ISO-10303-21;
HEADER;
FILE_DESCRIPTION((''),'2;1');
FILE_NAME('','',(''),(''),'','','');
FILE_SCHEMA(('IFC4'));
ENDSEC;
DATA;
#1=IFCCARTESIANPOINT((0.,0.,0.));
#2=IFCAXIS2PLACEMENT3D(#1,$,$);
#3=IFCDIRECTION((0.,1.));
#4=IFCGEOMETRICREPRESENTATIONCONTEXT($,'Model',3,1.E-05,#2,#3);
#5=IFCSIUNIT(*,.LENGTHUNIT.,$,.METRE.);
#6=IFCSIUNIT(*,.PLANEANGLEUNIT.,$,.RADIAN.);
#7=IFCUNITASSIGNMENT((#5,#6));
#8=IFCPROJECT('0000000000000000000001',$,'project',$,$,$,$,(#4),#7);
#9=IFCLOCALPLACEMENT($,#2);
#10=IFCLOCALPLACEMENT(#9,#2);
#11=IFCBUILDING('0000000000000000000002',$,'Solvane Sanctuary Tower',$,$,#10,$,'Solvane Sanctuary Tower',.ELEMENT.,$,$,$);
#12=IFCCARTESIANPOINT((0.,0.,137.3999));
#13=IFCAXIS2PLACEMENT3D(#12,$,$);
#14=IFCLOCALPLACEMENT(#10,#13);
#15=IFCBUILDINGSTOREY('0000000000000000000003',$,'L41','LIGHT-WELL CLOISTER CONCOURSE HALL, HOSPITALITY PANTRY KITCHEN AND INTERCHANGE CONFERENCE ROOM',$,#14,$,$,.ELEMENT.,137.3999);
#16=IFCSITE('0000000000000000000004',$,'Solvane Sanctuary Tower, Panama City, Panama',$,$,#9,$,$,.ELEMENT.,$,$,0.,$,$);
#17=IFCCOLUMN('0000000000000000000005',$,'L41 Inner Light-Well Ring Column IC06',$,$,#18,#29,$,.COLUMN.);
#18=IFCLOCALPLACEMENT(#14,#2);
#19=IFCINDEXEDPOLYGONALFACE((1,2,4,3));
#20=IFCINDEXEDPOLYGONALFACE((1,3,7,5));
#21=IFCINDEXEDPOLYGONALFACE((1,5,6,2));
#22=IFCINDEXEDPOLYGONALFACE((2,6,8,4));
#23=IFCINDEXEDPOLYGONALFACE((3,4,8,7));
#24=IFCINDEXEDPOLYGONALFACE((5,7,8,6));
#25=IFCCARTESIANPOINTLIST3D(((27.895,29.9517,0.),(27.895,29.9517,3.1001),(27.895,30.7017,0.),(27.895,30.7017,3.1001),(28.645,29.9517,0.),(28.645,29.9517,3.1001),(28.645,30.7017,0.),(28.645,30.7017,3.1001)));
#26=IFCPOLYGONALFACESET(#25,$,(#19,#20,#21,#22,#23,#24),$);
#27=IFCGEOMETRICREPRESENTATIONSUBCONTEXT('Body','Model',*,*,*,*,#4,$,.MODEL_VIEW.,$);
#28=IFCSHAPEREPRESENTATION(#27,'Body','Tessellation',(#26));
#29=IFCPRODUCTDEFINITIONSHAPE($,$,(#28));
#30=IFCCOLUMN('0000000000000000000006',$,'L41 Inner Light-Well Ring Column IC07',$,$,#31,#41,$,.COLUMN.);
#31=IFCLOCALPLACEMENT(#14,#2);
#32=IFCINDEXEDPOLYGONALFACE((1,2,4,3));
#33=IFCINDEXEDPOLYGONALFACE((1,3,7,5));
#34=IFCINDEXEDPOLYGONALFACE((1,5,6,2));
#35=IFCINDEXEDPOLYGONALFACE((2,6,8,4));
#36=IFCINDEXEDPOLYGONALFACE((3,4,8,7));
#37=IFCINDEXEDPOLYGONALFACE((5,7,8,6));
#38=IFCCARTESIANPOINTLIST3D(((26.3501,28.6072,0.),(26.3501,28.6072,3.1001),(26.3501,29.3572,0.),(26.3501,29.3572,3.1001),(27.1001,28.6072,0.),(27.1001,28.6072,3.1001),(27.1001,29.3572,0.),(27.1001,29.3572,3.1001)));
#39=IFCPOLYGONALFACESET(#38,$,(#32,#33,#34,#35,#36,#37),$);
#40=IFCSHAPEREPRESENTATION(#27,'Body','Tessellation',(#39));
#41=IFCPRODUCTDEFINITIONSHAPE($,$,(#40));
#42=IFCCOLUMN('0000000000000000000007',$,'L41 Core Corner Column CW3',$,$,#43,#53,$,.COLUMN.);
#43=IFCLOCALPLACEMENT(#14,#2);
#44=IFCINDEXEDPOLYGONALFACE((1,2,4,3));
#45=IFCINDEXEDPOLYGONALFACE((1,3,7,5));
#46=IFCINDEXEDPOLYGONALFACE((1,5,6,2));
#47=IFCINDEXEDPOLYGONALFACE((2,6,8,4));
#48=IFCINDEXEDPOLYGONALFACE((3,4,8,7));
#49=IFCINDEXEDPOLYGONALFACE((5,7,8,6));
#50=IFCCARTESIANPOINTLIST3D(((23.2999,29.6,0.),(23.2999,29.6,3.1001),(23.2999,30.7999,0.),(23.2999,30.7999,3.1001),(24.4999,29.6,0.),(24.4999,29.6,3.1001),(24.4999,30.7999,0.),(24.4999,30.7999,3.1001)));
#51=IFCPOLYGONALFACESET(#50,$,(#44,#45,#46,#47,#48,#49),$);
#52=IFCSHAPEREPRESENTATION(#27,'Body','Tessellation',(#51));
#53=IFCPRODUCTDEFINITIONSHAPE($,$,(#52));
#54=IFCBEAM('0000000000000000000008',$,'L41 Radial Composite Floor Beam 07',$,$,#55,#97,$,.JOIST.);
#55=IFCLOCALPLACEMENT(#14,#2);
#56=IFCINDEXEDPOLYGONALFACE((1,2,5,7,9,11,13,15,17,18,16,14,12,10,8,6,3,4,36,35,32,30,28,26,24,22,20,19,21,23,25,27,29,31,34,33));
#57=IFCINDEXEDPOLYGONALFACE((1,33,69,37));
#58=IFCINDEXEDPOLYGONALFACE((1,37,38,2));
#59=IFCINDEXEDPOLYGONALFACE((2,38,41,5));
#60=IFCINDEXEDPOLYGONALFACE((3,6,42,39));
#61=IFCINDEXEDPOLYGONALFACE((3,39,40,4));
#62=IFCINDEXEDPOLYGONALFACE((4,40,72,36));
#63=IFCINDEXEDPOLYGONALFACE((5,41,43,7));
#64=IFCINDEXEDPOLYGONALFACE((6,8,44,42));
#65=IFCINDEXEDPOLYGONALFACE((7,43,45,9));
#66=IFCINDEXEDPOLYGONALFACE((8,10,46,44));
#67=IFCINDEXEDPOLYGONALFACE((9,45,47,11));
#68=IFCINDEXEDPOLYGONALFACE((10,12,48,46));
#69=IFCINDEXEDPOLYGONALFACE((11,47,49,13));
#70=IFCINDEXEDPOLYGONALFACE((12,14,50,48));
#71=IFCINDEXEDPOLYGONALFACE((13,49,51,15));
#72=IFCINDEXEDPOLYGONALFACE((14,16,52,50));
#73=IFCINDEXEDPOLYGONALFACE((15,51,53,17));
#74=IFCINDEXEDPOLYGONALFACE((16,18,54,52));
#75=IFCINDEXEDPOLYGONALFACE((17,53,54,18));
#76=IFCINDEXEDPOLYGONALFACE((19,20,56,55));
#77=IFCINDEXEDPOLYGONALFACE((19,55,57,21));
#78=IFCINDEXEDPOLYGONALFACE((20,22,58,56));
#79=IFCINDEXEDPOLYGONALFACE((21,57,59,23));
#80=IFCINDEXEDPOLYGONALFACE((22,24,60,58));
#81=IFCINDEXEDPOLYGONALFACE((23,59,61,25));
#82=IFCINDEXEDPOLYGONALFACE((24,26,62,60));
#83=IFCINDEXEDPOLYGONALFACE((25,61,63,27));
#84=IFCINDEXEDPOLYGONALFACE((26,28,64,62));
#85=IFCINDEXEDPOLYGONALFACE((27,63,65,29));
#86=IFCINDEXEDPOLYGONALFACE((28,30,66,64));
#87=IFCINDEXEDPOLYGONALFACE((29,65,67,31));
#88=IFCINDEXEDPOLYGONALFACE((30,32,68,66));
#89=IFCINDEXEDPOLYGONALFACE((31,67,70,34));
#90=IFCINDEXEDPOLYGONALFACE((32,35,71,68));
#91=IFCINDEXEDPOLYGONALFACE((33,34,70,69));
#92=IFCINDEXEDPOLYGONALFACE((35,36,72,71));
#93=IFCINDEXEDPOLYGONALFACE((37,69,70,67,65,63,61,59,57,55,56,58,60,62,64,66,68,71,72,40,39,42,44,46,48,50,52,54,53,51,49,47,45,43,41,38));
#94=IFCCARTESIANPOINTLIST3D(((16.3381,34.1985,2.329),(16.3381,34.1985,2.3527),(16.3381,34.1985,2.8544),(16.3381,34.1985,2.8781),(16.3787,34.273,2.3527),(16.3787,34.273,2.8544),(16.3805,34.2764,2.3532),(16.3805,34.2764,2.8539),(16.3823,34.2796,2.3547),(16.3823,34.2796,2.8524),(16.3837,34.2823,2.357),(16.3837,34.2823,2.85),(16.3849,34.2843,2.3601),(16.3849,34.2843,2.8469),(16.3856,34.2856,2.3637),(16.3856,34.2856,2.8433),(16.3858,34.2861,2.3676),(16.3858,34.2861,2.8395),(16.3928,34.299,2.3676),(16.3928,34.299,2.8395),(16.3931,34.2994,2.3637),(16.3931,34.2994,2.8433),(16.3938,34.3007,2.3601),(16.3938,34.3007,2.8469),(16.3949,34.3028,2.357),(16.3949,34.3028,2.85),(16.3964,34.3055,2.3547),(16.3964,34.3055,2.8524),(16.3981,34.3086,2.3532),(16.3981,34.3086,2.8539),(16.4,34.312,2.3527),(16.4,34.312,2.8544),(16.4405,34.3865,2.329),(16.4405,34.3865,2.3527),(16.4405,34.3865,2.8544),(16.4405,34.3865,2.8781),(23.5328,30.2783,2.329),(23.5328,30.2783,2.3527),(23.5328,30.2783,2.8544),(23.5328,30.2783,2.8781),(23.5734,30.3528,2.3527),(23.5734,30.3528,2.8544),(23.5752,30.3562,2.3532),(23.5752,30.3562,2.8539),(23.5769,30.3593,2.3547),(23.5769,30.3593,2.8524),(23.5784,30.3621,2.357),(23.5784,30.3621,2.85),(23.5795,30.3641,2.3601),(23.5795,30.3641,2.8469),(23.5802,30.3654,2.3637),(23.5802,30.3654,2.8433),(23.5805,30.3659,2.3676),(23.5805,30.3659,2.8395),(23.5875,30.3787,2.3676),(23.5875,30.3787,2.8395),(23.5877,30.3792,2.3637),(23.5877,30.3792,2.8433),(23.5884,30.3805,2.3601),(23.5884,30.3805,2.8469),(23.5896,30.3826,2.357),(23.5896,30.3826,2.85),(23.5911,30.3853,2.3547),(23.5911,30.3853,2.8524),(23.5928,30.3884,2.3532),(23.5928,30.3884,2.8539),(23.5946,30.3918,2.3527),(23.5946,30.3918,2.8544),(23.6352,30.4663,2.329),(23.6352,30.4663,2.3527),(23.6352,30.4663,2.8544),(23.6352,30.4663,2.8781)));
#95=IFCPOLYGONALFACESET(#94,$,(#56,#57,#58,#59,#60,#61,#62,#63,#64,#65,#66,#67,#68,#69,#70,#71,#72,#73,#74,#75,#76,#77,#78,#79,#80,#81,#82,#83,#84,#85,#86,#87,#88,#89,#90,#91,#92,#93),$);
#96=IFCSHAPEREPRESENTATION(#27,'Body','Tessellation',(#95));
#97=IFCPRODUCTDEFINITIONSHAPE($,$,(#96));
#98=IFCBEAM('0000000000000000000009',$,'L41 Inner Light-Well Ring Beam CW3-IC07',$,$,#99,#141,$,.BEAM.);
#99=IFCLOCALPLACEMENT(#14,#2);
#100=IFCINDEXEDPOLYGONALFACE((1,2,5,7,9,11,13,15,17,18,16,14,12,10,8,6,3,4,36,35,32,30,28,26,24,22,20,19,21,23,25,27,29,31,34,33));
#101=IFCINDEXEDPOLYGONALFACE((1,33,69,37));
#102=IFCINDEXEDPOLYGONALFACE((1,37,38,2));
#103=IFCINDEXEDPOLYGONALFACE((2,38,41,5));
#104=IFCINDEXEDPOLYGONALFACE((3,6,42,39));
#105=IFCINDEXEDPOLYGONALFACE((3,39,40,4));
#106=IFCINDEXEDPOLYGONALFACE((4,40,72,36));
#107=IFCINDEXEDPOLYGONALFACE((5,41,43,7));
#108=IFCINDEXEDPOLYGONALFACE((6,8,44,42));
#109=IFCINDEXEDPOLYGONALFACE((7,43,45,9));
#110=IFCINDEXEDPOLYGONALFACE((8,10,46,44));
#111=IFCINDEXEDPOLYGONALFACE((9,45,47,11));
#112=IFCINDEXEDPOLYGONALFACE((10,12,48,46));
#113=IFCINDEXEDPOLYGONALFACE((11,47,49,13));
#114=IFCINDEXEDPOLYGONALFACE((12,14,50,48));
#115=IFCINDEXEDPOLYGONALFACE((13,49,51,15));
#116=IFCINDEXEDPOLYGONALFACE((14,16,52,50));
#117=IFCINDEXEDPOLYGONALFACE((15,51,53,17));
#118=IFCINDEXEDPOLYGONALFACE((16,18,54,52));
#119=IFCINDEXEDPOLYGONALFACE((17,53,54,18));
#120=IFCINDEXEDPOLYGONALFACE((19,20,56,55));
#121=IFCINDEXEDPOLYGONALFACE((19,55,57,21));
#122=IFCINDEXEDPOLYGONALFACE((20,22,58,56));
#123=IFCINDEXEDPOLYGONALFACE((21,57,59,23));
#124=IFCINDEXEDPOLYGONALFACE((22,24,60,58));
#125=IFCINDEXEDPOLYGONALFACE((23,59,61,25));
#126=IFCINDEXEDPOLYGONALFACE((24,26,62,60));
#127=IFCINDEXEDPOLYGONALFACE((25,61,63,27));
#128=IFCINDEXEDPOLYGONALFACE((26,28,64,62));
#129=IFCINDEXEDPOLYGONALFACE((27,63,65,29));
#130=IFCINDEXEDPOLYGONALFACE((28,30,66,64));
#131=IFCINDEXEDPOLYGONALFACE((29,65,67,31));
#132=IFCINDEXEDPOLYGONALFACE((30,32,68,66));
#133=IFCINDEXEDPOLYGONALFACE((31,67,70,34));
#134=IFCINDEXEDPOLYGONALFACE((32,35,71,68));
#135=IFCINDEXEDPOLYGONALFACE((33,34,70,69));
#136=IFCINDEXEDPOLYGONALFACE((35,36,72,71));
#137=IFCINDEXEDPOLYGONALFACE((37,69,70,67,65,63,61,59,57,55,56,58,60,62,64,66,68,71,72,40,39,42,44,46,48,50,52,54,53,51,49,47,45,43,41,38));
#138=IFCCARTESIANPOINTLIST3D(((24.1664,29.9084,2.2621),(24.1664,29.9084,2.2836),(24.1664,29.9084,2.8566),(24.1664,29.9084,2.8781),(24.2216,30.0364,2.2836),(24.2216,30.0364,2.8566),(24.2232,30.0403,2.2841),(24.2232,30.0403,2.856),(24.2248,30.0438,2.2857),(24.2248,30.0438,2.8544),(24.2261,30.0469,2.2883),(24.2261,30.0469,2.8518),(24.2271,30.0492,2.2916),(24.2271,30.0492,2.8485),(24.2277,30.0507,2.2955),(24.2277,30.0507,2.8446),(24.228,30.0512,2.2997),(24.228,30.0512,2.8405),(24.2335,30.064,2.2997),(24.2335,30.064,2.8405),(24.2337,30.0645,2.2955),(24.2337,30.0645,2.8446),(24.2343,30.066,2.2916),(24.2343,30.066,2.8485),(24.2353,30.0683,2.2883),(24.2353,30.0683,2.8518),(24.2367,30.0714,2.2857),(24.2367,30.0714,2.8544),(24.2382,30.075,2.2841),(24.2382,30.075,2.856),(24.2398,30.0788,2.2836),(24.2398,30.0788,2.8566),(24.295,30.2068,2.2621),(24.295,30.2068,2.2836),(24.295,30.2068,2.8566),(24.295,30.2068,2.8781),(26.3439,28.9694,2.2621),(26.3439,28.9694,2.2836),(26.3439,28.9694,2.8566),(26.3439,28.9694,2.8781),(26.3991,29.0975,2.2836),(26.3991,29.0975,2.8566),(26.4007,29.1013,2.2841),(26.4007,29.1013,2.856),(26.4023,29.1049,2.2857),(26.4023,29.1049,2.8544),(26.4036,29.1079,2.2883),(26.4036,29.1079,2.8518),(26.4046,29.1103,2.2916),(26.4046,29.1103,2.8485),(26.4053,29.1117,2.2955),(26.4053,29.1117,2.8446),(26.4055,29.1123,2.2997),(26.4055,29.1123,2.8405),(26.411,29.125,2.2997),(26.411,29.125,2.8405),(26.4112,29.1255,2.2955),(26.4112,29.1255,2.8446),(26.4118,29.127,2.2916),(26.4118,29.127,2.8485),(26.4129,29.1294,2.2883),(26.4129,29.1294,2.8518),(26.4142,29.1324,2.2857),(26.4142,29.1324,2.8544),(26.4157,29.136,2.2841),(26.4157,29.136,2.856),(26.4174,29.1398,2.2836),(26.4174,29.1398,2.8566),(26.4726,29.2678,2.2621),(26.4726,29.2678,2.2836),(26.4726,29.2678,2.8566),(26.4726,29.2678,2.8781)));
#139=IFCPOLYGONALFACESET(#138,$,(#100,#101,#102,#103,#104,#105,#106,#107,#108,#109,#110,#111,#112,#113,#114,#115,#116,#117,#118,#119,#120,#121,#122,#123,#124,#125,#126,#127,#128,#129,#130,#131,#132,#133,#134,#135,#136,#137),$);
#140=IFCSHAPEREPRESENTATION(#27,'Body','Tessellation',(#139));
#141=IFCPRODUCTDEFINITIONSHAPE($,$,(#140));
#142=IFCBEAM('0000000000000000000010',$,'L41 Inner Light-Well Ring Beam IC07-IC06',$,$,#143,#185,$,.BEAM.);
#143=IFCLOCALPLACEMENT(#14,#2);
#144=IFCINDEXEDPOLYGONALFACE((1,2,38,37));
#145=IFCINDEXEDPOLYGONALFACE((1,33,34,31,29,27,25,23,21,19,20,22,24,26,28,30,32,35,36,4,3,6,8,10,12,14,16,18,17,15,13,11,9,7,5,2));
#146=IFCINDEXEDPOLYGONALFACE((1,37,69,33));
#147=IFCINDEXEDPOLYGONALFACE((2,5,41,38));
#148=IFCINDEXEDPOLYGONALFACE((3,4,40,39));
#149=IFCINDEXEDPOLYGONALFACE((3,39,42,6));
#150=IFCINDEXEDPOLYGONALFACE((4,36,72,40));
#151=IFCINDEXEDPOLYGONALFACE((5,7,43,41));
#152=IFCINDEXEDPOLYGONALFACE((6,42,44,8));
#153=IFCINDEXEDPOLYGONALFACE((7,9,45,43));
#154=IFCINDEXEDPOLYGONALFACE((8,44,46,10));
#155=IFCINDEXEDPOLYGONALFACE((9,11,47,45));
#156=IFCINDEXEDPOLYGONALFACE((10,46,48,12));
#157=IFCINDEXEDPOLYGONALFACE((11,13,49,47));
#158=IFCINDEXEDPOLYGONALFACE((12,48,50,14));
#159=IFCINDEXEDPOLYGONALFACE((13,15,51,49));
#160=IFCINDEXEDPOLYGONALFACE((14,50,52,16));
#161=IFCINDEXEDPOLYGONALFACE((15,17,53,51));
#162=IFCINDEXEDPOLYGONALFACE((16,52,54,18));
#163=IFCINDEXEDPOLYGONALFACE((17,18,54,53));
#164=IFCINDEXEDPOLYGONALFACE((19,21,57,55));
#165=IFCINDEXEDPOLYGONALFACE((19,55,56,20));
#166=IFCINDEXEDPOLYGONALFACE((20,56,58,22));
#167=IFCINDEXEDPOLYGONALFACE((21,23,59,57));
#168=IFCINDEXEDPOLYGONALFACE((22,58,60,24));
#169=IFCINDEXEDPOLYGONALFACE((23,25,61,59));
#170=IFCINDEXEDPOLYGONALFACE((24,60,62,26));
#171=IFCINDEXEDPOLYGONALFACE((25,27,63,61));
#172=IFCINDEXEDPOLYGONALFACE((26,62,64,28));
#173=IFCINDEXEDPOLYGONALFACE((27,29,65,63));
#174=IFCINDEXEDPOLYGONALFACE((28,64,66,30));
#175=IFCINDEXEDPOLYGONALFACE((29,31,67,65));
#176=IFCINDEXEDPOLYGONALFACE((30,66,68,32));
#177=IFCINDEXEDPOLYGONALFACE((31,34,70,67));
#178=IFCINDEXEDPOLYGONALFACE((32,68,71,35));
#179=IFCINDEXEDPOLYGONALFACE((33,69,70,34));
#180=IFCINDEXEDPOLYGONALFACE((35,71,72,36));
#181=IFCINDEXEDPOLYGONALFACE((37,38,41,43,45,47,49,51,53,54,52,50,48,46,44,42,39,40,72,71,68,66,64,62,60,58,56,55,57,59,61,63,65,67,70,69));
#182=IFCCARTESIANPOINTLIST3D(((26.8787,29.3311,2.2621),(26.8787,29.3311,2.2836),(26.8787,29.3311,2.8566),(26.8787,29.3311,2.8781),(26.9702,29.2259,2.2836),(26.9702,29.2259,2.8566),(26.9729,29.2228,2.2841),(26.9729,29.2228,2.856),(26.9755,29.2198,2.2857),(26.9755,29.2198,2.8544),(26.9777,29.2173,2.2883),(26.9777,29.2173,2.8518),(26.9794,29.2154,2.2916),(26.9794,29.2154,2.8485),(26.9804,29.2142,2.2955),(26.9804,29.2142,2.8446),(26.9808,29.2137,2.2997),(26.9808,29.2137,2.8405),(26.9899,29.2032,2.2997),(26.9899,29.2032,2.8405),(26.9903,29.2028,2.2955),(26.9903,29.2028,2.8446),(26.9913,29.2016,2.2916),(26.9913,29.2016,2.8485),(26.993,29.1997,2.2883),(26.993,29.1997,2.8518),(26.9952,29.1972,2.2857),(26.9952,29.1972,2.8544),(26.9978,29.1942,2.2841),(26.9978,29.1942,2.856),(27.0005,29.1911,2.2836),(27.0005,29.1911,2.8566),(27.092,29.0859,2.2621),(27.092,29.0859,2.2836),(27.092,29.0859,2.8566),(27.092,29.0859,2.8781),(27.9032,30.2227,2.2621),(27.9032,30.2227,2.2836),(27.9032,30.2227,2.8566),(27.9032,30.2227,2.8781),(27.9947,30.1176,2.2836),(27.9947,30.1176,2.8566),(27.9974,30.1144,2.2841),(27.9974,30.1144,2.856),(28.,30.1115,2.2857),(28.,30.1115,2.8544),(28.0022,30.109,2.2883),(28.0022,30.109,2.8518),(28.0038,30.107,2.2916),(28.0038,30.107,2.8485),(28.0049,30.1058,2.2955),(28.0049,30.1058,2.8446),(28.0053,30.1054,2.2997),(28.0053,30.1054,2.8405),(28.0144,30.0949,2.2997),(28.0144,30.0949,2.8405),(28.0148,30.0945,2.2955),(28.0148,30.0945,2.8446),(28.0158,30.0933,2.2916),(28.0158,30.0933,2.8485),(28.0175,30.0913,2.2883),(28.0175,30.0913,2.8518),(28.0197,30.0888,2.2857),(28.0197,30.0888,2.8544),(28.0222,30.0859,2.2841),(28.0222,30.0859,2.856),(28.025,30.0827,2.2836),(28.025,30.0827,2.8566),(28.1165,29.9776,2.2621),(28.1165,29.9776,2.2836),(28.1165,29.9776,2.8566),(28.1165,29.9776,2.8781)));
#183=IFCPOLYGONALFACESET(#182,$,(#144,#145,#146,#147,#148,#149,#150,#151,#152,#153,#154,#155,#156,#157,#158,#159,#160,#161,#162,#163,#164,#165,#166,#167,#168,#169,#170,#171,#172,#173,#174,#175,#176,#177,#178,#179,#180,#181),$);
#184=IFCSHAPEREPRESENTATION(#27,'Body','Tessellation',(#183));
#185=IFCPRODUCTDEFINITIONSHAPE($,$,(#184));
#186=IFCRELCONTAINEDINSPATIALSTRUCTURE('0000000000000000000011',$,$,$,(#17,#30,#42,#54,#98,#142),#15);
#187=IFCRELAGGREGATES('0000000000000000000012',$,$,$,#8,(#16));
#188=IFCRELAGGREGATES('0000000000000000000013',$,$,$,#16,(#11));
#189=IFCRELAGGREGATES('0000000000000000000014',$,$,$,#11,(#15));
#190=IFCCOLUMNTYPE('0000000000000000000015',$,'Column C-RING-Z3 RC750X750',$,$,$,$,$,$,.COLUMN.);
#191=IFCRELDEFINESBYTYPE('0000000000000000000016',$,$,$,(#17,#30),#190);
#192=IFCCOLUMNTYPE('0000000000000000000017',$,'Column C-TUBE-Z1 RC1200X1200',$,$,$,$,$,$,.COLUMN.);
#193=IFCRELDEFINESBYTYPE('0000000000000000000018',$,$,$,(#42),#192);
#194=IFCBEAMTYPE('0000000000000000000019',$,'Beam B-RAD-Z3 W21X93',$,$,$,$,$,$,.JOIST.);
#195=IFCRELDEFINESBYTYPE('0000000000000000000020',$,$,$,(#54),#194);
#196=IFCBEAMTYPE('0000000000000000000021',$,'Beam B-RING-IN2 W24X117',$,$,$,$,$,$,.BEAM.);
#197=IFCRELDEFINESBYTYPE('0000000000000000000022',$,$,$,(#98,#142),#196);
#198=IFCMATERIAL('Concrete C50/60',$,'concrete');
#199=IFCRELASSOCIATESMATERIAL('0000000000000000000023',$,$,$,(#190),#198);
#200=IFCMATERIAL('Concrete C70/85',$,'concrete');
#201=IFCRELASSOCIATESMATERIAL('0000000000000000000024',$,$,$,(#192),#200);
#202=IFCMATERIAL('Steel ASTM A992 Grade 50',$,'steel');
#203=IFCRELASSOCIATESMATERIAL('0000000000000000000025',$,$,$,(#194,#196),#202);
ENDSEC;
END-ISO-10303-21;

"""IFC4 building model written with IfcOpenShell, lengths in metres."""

from ifc_helpers import new_model, si_unit, direction, frame, origin, origin_2d, place, context, subcontext, project, spatial, rectangle, i_section, extrude, material, material_profile, profile_set, type_object, element, save


model = new_model("IFC4")

# Units and contexts
model_context = context("Model", 3, precision=1e-05, world=origin(), true_north=direction((0.0, 1.0)))
body_context = subcontext(model_context, "Body", "Model", "MODEL_VIEW")
ifc_project = project(units=[si_unit("LENGTHUNIT", "METRE"), si_unit("PLANEANGLEUNIT", "RADIAN")], contexts=[model_context])

# Site, building, storey
site_placement = place(None, origin())
site = spatial("IfcSite", under=ifc_project, at=site_placement, Name="Solvane Sanctuary Tower, Panama City, Panama", CompositionType="ELEMENT", RefElevation=0.0)
building_placement = place(site_placement, origin())
building = spatial("IfcBuilding", under=site, at=building_placement, Name="Solvane Sanctuary Tower", LongName="Solvane Sanctuary Tower", CompositionType="ELEMENT")
storey_placement = place(building_placement, frame((0.0, 0.0, 137.3999)))
storey = spatial("IfcBuildingStorey", under=building, at=storey_placement, Name="L41", Description="LIGHT-WELL CLOISTER CONCOURSE HALL, HOSPITALITY PANTRY KITCHEN AND INTERCHANGE CONFERENCE ROOM", CompositionType="ELEMENT", Elevation=137.3999)

# Columns
ifc_material_1 = material(Name="Concrete C50/60", Category="concrete")
ifc_material_profile_1 = material_profile(ifc_material_1, rectangle(XDim=0.75, YDim=0.75, at=origin_2d()), Name="RC750X750")
ifc_profile_set_1 = profile_set([ifc_material_profile_1], Name="Concrete C50/60")
column_type_1 = type_object("IfcColumnType", Name="Column C-RING-Z3 RC750X750", PredefinedType="COLUMN", material=ifc_profile_set_1)
for number, where, z_axis, x_axis, name in (
    (1, (28.27, 30.3267, 0.0), (0.0, 0.0, 1.0), (1.0, 0.0, 0.0), "L41 Inner Light-Well Ring Column IC06"),
    (2, (26.7251, 28.9822, 0.0), (0.0, 0.0, 1.0), (1.0, 0.0, 0.0), "L41 Inner Light-Well Ring Column IC07"),
):
    element("IfcColumn", number, at=place(storey_placement, frame(where, z_axis=z_axis, x_axis=x_axis)), inside=storey, type_object=column_type_1, Name=name, PredefinedType="COLUMN", context=body_context, shape_type="SweptSolid", body=[
        extrude(rectangle(XDim=0.75, YDim=0.75, at=origin_2d()), origin(), (0.0, 0.0, 1.0), 3.1001),
    ])
ifc_material_2 = material(Name="Concrete C70/85", Category="concrete")
ifc_material_profile_2 = material_profile(ifc_material_2, rectangle(XDim=1.2, YDim=1.2, at=origin_2d()), Name="RC1200X1200")
ifc_profile_set_2 = profile_set([ifc_material_profile_2], Name="Concrete C70/85")
column_type_2 = type_object("IfcColumnType", Name="Column C-TUBE-Z1 RC1200X1200", PredefinedType="COLUMN", material=ifc_profile_set_2)
column_placement = place(storey_placement, frame((23.8999, 30.2, 0.0), z_axis=(0.0, 0.0, 1.0), x_axis=(1.0, 0.0, 0.0)))
element("IfcColumn", 3, at=column_placement, inside=storey, type_object=column_type_2, Name="L41 Core Corner Column CW3", PredefinedType="COLUMN", context=body_context, shape_type="SweptSolid", body=[
    extrude(rectangle(XDim=1.2, YDim=1.2, at=origin_2d()), origin(), (0.0, 0.0, 1.0), 3.1001),
])

# Beams
ifc_material_3 = material(Name="Steel ASTM A992 Grade 50", Category="steel")
ifc_material_profile_3 = material_profile(ifc_material_3, i_section(OverallWidth=0.2141, OverallDepth=0.5491, WebThickness=0.0146, FlangeThickness=0.0237, FilletRadius=0.0149, at=origin_2d()), Name="W21X93")
ifc_profile_set_3 = profile_set([ifc_material_profile_3], Name="Steel ASTM A992 Grade 50")
beam_type_1 = type_object("IfcBeamType", Name="Beam B-RAD-Z3 W21X93", PredefinedType="JOIST", material=ifc_profile_set_3)
beam_1_placement = place(storey_placement, frame((23.584, 30.3723, 2.6035), z_axis=(-0.878108, 0.478462, 0.0), x_axis=(-0.478462, -0.878108, 0.0)))
element("IfcBeam", 4, at=beam_1_placement, inside=storey, type_object=beam_type_1, Name="L41 Radial Composite Floor Beam 07", PredefinedType="JOIST", context=body_context, shape_type="SweptSolid", body=[
    extrude(i_section(OverallWidth=0.2141, OverallDepth=0.5491, WebThickness=0.0146, FlangeThickness=0.0237, FilletRadius=0.0149, at=origin_2d()), origin(), (0.0, 0.0, 1.0), 8.1934),
])
ifc_material_profile_4 = material_profile(ifc_material_3, i_section(OverallWidth=0.325, OverallDepth=0.616, WebThickness=0.0139, FlangeThickness=0.0215, FilletRadius=0.0161, at=origin_2d()), Name="W24X117")
ifc_profile_set_4 = profile_set([ifc_material_profile_4], Name="Steel ASTM A992 Grade 50")
beam_type_2 = type_object("IfcBeamType", Name="Beam B-RING-IN2 W24X117", PredefinedType="BEAM", material=ifc_profile_set_4)
beam_2_placement = place(storey_placement, frame((24.2307, 30.0576, 2.5701), z_axis=(0.918264, -0.395969, 0.0), x_axis=(0.395969, 0.918264, 0.0)))
element("IfcBeam", 5, at=beam_2_placement, inside=storey, type_object=beam_type_2, Name="L41 Inner Light-Well Ring Beam CW3-IC07", PredefinedType="BEAM", context=body_context, shape_type="SweptSolid", body=[
    extrude(i_section(OverallWidth=0.325, OverallDepth=0.616, WebThickness=0.0139, FlangeThickness=0.0215, FilletRadius=0.0161, at=origin_2d()), origin(), (0.0, 0.0, 1.0), 2.3713),
])
beam_3_placement = place(storey_placement, frame((26.9854, 29.2085, 2.5701), z_axis=(0.754311, 0.656517, 0.0), x_axis=(-0.656517, 0.754311, 0.0)))
element("IfcBeam", 6, at=beam_3_placement, inside=storey, type_object=beam_type_2, Name="L41 Inner Light-Well Ring Beam IC07-IC06", PredefinedType="BEAM", context=body_context, shape_type="SweptSolid", body=[
    extrude(i_section(OverallWidth=0.325, OverallDepth=0.616, WebThickness=0.0139, FlangeThickness=0.0215, FilletRadius=0.0161, at=origin_2d()), origin(), (0.0, 0.0, 1.0), 1.3582),
])

save(model, "model.ifc")
